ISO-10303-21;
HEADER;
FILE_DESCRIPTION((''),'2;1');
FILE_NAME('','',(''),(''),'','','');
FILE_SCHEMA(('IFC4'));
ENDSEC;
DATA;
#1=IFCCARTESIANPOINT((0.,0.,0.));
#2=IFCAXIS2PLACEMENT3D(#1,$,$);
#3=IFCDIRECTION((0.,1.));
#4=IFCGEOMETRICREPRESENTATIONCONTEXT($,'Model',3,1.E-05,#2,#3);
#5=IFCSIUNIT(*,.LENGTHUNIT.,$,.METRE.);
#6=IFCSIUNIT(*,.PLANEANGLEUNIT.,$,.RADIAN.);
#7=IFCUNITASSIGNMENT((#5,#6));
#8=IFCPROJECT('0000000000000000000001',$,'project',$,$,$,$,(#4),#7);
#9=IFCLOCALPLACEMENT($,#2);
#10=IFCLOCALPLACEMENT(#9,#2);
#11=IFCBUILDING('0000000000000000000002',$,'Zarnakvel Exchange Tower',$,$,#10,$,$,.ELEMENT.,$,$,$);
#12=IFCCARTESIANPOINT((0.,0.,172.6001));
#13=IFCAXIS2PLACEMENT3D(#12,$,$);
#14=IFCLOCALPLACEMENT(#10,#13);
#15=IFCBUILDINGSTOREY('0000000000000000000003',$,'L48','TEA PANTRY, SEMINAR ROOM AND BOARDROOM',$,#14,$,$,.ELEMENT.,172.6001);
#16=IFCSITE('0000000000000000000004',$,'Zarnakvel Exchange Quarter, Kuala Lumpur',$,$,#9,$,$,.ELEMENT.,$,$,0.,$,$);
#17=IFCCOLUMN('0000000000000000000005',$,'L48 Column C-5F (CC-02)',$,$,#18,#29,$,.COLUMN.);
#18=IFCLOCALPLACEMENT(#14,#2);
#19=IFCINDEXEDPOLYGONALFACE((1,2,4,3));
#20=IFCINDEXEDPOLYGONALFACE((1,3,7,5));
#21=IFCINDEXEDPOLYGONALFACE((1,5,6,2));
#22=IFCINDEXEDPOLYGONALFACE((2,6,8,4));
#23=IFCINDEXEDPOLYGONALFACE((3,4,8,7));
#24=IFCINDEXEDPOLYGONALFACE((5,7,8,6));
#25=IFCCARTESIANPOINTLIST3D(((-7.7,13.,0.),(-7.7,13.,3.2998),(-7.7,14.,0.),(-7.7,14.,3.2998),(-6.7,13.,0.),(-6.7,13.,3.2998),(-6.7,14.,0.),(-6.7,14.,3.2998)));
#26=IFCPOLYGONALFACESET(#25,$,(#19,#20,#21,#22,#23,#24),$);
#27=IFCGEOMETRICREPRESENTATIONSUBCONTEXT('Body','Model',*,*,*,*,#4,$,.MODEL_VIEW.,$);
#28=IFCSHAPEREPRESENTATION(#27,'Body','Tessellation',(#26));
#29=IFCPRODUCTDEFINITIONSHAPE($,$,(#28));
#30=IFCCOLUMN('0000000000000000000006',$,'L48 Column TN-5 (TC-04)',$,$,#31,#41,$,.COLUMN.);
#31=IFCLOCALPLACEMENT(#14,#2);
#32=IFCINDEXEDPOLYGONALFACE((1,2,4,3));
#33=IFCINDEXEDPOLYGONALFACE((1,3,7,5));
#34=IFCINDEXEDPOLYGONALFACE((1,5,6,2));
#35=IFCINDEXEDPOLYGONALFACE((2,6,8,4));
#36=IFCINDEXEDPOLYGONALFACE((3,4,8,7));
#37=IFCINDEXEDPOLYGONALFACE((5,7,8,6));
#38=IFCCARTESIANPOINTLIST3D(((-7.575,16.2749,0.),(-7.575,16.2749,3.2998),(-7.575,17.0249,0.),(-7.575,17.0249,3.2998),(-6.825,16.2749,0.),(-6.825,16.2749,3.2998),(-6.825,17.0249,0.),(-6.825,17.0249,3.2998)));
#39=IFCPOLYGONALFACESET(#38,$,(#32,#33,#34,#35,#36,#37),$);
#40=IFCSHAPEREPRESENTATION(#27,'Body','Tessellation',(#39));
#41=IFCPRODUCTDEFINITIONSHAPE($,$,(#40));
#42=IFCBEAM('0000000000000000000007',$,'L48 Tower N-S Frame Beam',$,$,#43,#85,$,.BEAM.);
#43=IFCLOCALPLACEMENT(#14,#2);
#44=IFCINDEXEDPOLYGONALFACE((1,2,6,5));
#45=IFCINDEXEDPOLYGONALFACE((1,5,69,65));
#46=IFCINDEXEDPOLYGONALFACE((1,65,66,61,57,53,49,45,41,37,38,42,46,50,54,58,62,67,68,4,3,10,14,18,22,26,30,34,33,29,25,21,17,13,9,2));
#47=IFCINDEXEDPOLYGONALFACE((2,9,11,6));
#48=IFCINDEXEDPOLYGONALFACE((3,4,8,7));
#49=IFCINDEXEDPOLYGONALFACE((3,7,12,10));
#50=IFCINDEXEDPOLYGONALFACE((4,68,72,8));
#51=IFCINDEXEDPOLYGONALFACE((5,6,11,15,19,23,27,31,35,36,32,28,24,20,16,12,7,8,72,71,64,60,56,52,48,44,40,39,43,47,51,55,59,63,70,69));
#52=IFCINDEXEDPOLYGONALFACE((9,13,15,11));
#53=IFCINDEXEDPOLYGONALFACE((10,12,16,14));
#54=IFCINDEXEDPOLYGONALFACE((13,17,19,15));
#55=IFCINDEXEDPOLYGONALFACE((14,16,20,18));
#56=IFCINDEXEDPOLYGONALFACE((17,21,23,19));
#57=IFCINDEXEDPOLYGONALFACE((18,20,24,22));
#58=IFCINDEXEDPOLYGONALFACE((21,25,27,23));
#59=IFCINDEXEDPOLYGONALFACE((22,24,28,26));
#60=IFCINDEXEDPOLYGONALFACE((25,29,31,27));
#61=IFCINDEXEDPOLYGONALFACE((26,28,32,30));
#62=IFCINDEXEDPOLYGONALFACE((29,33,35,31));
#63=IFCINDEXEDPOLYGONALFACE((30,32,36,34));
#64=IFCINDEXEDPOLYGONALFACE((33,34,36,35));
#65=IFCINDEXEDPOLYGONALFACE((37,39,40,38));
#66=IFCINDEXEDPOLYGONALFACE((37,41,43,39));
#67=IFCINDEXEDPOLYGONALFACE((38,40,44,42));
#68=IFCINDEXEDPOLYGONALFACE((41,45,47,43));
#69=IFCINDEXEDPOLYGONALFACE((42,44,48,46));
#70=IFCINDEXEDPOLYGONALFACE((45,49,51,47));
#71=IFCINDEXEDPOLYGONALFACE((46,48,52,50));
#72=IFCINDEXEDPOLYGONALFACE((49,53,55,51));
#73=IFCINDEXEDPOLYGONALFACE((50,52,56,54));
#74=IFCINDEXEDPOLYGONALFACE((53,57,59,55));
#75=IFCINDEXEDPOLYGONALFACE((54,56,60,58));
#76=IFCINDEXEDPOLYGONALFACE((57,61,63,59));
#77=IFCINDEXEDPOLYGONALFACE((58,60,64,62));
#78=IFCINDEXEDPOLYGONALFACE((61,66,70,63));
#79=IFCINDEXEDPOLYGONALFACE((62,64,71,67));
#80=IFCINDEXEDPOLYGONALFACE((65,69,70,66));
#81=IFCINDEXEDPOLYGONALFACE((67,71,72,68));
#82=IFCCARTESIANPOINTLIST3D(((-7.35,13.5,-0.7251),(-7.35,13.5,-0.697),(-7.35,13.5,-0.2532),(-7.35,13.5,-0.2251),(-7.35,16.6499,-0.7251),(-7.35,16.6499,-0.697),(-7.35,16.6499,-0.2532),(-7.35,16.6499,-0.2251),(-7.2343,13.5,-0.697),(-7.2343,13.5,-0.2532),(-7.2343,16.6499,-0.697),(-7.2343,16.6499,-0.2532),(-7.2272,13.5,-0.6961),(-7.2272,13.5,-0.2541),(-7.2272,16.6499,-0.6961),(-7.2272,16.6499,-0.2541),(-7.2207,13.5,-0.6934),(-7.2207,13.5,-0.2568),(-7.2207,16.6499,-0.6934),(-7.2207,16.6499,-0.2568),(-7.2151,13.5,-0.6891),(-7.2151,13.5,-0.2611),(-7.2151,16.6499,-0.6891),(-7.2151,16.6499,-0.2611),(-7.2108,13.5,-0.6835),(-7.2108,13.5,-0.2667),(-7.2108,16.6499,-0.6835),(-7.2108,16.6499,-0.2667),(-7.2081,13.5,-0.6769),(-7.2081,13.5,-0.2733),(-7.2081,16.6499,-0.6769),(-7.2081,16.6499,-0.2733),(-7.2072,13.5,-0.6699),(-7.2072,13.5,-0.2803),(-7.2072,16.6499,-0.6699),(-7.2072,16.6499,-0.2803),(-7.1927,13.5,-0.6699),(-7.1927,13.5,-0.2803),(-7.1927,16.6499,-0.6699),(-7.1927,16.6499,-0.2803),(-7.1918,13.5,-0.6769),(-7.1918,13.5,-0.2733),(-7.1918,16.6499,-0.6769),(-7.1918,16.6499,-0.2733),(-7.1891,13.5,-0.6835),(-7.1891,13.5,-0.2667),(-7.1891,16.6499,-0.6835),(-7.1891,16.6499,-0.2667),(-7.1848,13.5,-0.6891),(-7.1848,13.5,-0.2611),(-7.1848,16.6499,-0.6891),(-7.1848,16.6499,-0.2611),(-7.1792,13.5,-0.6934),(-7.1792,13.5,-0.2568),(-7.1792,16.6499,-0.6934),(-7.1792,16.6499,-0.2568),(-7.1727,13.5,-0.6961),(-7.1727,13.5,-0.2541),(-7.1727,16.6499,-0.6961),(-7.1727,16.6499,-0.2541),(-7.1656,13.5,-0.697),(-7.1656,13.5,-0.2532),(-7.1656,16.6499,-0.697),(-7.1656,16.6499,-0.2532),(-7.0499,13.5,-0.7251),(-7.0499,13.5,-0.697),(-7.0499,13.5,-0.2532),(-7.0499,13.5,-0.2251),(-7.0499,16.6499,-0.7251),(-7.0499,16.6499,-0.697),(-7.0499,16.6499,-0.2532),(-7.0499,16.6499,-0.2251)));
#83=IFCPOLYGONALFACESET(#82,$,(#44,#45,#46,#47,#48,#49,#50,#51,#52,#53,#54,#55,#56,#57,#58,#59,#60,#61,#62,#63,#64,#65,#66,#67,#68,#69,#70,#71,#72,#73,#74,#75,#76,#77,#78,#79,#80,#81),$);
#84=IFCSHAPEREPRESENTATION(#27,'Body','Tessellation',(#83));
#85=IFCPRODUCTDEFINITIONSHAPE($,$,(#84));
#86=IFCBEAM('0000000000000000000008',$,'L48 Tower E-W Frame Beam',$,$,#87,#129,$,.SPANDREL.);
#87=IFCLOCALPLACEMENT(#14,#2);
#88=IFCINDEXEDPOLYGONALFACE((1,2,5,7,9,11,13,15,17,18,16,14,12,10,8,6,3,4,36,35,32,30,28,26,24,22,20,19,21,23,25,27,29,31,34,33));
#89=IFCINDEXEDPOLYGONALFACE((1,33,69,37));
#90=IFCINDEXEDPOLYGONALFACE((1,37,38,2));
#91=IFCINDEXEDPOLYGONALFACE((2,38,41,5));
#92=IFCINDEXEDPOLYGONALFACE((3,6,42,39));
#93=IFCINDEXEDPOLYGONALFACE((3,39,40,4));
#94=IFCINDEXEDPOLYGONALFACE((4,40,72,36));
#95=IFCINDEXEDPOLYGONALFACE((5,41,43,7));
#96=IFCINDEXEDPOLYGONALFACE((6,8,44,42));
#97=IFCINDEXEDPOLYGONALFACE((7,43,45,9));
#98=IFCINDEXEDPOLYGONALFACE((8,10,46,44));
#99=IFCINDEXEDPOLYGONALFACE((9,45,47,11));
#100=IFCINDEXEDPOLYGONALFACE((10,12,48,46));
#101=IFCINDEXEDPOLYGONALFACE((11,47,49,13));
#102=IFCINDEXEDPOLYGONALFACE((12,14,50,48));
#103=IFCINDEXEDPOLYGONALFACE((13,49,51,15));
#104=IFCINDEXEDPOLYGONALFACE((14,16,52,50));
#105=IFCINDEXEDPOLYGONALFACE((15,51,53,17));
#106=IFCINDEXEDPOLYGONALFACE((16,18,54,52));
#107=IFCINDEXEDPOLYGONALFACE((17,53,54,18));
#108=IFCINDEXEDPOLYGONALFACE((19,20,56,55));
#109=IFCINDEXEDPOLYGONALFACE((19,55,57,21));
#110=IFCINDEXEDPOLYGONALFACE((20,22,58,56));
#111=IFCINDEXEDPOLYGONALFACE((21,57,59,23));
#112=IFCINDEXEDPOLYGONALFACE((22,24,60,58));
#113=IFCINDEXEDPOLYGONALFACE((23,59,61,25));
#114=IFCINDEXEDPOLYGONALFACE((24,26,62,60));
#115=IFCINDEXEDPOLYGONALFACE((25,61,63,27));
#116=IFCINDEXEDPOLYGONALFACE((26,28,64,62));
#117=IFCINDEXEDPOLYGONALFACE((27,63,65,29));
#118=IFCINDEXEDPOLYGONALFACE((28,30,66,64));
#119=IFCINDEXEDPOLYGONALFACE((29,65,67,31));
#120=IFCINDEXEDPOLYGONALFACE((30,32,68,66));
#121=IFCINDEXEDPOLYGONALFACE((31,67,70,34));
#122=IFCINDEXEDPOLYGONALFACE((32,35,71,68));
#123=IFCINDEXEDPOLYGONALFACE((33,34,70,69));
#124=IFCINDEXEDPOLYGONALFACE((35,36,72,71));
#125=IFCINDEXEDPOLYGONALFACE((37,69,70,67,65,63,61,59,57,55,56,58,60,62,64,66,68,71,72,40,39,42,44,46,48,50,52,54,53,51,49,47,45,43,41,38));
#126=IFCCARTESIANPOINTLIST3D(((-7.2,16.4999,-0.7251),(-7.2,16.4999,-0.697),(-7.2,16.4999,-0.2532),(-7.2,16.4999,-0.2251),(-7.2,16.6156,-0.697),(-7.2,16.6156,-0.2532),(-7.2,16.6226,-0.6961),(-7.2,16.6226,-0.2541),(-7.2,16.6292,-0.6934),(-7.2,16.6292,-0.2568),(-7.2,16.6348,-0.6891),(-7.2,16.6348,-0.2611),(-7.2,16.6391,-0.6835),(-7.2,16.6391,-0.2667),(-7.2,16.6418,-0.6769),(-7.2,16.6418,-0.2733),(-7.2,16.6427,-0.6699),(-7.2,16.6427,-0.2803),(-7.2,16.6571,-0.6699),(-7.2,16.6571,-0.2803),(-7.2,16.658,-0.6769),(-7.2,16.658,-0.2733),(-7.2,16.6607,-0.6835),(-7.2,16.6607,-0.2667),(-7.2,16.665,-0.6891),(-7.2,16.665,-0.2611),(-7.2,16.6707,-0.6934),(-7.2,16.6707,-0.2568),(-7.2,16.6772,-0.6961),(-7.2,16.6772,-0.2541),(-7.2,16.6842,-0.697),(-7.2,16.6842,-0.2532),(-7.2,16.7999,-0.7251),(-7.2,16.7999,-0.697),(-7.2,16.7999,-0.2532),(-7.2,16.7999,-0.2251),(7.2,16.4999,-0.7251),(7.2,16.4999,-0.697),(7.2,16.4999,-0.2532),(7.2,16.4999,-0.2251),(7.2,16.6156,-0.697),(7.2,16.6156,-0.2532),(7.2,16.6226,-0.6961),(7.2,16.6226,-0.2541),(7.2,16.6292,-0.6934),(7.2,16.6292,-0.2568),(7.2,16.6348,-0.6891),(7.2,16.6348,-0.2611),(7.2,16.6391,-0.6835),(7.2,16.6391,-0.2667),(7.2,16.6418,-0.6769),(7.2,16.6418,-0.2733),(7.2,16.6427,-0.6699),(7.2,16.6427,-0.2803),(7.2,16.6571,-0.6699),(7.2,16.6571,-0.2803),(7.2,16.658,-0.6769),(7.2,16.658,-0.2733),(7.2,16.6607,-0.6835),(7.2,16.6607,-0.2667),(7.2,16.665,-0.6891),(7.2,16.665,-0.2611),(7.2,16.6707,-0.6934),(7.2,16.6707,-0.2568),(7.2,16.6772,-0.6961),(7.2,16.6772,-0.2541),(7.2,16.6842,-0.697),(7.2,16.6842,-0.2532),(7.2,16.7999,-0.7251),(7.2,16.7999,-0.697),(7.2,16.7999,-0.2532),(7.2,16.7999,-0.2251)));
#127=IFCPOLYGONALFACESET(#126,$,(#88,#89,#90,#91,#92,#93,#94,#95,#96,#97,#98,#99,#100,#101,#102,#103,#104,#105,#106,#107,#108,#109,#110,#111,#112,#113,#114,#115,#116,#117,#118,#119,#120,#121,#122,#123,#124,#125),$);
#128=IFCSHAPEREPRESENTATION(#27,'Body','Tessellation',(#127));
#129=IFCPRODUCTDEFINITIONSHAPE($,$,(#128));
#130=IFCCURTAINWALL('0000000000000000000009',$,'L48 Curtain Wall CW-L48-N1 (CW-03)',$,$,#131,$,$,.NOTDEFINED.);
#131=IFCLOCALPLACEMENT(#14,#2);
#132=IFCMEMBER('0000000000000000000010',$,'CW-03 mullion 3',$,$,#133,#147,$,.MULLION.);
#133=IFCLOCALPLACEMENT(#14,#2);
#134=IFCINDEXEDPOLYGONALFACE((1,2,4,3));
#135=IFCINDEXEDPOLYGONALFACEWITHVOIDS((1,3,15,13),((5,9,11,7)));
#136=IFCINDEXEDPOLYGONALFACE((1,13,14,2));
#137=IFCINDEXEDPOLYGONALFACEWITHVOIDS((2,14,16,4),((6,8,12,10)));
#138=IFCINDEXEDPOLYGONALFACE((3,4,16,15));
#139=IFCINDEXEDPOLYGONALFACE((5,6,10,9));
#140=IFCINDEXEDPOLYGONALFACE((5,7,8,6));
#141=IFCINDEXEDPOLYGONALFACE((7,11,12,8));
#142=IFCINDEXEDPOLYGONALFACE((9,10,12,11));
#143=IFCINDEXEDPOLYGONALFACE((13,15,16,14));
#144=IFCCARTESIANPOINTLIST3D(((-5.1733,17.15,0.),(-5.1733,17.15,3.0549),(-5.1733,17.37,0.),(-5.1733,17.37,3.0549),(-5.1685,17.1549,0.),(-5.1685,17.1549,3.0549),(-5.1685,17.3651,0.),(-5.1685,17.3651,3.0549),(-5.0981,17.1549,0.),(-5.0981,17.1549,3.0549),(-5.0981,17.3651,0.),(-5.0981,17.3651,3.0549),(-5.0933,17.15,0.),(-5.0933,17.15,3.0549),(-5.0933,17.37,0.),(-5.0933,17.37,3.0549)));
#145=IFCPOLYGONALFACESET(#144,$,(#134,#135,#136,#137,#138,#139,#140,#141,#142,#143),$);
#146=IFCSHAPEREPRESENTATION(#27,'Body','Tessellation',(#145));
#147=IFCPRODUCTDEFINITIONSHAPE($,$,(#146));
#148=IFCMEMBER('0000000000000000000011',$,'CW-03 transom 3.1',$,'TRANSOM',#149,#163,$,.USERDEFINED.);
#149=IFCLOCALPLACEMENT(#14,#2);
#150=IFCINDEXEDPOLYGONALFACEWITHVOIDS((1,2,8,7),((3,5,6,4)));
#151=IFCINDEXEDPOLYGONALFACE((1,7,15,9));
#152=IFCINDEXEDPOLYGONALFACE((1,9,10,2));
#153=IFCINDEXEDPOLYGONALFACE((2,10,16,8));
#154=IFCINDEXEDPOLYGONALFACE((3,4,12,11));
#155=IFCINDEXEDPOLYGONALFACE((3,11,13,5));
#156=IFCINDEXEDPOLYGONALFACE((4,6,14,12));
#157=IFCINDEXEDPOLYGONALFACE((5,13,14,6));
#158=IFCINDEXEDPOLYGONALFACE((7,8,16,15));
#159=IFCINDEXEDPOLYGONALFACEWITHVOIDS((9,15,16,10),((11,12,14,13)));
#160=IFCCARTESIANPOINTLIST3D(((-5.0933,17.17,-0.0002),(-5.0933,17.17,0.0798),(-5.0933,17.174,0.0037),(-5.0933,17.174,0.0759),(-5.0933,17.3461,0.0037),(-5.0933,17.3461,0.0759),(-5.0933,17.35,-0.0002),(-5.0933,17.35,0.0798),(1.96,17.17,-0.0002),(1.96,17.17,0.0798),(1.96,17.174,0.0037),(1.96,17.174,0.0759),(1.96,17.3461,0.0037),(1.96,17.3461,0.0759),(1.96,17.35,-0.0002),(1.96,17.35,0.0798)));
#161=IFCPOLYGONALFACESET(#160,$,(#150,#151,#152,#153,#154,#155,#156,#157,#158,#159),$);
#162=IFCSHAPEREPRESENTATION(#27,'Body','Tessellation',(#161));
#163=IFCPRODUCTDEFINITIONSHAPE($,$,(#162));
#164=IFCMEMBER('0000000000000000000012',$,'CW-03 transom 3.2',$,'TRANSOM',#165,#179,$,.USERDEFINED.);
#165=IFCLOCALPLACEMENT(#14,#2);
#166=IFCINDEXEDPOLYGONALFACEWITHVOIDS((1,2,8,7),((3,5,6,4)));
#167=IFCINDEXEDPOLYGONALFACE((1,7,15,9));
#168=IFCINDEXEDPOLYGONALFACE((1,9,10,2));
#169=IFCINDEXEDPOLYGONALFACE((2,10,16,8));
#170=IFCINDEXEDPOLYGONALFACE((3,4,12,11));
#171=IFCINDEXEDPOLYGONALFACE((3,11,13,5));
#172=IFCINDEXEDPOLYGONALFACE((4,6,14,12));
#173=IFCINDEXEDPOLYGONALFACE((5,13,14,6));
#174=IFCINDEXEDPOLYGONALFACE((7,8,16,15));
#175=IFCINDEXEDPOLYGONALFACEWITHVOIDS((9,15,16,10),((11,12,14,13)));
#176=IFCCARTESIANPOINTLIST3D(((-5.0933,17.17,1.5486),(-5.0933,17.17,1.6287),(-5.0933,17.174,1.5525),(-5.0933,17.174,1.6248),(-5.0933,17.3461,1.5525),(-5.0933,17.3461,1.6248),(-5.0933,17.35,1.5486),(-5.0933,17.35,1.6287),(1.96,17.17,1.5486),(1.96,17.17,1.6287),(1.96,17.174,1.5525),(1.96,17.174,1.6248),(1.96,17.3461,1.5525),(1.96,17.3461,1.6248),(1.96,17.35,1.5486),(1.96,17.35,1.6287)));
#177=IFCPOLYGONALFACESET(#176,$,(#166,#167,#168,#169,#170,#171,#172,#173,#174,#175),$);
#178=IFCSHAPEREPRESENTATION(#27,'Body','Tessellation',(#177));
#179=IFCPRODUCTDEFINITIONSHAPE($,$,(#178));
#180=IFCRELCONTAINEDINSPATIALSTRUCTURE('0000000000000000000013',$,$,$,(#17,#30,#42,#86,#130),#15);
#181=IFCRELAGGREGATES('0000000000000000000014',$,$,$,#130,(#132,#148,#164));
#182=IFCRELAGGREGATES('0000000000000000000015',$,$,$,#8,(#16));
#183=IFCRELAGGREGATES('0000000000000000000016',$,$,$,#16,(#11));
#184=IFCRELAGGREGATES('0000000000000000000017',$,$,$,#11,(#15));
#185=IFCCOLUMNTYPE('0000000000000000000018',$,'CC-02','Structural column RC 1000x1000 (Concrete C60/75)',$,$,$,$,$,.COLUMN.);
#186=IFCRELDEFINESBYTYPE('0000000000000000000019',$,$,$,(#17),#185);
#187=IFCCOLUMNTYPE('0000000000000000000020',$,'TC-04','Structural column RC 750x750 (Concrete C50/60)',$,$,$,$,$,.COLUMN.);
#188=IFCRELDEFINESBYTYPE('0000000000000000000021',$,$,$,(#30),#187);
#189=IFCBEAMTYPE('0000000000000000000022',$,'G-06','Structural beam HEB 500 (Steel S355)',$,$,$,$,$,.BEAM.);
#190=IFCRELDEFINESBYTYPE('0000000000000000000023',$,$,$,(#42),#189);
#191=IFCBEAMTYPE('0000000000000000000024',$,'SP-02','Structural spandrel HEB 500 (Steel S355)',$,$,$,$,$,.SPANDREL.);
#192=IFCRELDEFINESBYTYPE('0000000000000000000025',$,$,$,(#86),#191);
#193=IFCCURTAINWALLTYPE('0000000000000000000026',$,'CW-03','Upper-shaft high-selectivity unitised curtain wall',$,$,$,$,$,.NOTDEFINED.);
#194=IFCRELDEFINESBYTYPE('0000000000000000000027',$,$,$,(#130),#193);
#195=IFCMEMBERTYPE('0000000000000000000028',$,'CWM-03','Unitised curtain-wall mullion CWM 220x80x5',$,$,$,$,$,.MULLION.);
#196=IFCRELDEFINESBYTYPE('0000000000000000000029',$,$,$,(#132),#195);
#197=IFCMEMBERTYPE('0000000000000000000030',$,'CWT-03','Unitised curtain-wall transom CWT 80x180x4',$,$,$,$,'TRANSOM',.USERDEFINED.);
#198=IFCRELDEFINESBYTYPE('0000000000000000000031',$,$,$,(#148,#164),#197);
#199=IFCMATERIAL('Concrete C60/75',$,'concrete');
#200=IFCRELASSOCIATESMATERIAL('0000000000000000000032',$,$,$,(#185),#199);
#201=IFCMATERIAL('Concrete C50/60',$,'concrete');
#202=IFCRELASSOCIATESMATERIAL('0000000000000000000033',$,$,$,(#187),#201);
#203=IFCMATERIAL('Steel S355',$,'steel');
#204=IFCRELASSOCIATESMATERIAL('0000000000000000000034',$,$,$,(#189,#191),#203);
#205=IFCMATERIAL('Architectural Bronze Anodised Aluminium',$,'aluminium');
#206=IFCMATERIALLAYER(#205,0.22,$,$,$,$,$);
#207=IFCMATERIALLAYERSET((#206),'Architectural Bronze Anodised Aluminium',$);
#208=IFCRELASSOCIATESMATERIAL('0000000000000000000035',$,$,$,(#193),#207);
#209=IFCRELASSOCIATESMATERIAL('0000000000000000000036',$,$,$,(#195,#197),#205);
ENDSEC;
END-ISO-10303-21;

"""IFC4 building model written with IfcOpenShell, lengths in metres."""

from ifc_helpers import new_model, si_unit, direction, frame, origin, origin_2d, place, context, subcontext, project, spatial, rectangle, hollow_rectangle, i_section, extrude, source, transform, mapped, material, layer, layer_set, material_profile, profile_set, type_object, element, aggregate, save


model = new_model("IFC4")

# Units and contexts
model_context = context("Model", 3, precision=1e-05, world=origin(), true_north=direction((0.0, 1.0)))
body_context = subcontext(model_context, "Body", "Model", "MODEL_VIEW")
ifc_project = project(units=[si_unit("LENGTHUNIT", "METRE"), si_unit("PLANEANGLEUNIT", "RADIAN")], contexts=[model_context])

# Site, building, storey
site_placement = place(None, origin())
site = spatial("IfcSite", under=ifc_project, at=site_placement, Name="Zarnakvel Exchange Quarter, Kuala Lumpur", CompositionType="ELEMENT", RefElevation=0.0)
building_placement = place(site_placement, origin())
building = spatial("IfcBuilding", under=site, at=building_placement, Name="Zarnakvel Exchange Tower", CompositionType="ELEMENT")
storey_placement = place(building_placement, frame((0.0, 0.0, 172.6001)))
storey = spatial("IfcBuildingStorey", under=building, at=storey_placement, Name="L48", Description="TEA PANTRY, SEMINAR ROOM AND BOARDROOM", CompositionType="ELEMENT", Elevation=172.6001)

# Columns
ifc_material_1 = material(Name="Concrete C60/75", Category="concrete")
ifc_material_profile_1 = material_profile(ifc_material_1, rectangle(XDim=1.0, YDim=1.0, at=origin_2d()))
ifc_profile_set_1 = profile_set([ifc_material_profile_1], Name="Concrete C60/75")
column_type_1 = type_object("IfcColumnType", Name="CC-02", Description="Structural column RC 1000x1000 (Concrete C60/75)", PredefinedType="COLUMN", material=ifc_profile_set_1)
column_1_placement = place(storey_placement, frame((-7.2, 13.5, 0.0), z_axis=(0.0, 0.0, 1.0), x_axis=(1.0, 0.0, 0.0)))
element("IfcColumn", 1, at=column_1_placement, inside=storey, type_object=column_type_1, Name="L48 Column C-5F (CC-02)", PredefinedType="COLUMN", context=body_context, shape_type="SweptSolid", body=[
    extrude(rectangle(XDim=1.0, YDim=1.0, at=origin_2d()), origin(), (0.0, 0.0, 1.0), 3.2998),
])
ifc_material_2 = material(Name="Concrete C50/60", Category="concrete")
ifc_material_profile_2 = material_profile(ifc_material_2, rectangle(XDim=0.75, YDim=0.75, at=origin_2d()))
ifc_profile_set_2 = profile_set([ifc_material_profile_2], Name="Concrete C50/60")
column_type_2 = type_object("IfcColumnType", Name="TC-04", Description="Structural column RC 750x750 (Concrete C50/60)", PredefinedType="COLUMN", material=ifc_profile_set_2)
column_2_placement = place(storey_placement, frame((-7.2, 16.6499, 0.0), z_axis=(0.0, 0.0, 1.0), x_axis=(1.0, 0.0, 0.0)))
element("IfcColumn", 2, at=column_2_placement, inside=storey, type_object=column_type_2, Name="L48 Column TN-5 (TC-04)", PredefinedType="COLUMN", context=body_context, shape_type="SweptSolid", body=[
    extrude(rectangle(XDim=0.75, YDim=0.75, at=origin_2d()), origin(), (0.0, 0.0, 1.0), 3.2998),
])

# Beams
ifc_material_3 = material(Name="Steel S355", Category="steel")
ifc_material_profile_3 = material_profile(ifc_material_3, i_section(OverallWidth=0.3, OverallDepth=0.5, WebThickness=0.0144, FlangeThickness=0.0281, FilletRadius=0.0271, at=origin_2d()))
ifc_profile_set_3 = profile_set([ifc_material_profile_3], Name="Steel S355")
beam_type_1 = type_object("IfcBeamType", Name="G-06", Description="Structural beam HEB 500 (Steel S355)", PredefinedType="BEAM", material=ifc_profile_set_3)
beam_1_placement = place(storey_placement, frame((-7.2, 13.5, -0.4751), z_axis=(0.0, 1.0, 0.0), x_axis=(-1.0, 0.0, 0.0)))
element("IfcBeam", 3, at=beam_1_placement, inside=storey, type_object=beam_type_1, Name="L48 Tower N-S Frame Beam", PredefinedType="BEAM", context=body_context, shape_type="SweptSolid", body=[
    extrude(i_section(OverallWidth=0.3, OverallDepth=0.5, WebThickness=0.0144, FlangeThickness=0.0281, FilletRadius=0.0271, at=origin_2d()), origin(), (0.0, 0.0, 1.0), 3.1499),
])
ifc_material_profile_4 = material_profile(ifc_material_3, i_section(OverallWidth=0.3, OverallDepth=0.5, WebThickness=0.0144, FlangeThickness=0.0281, FilletRadius=0.0271, at=origin_2d()))
ifc_profile_set_4 = profile_set([ifc_material_profile_4], Name="Steel S355")
beam_type_2 = type_object("IfcBeamType", Name="SP-02", Description="Structural spandrel HEB 500 (Steel S355)", PredefinedType="SPANDREL", material=ifc_profile_set_4)
beam_2_placement = place(storey_placement, frame((-7.2, 16.6499, -0.4751), z_axis=(1.0, 0.0, 0.0), x_axis=(0.0, 1.0, 0.0)))
element("IfcBeam", 4, at=beam_2_placement, inside=storey, type_object=beam_type_2, Name="L48 Tower E-W Frame Beam", PredefinedType="SPANDREL", context=body_context, shape_type="SweptSolid", body=[
    extrude(i_section(OverallWidth=0.3, OverallDepth=0.5, WebThickness=0.0144, FlangeThickness=0.0281, FilletRadius=0.0271, at=origin_2d()), origin(), (0.0, 0.0, 1.0), 14.3999),
])

# Curtain wall, members
ifc_material_4 = material(Name="Architectural Bronze Anodised Aluminium", Category="aluminium")
ifc_layer_1 = layer(ifc_material_4, 0.22)
ifc_layer_set_1 = layer_set([ifc_layer_1], Name="Architectural Bronze Anodised Aluminium")
curtain_wall_type = type_object("IfcCurtainWallType", Name="CW-03", Description="Upper-shaft high-selectivity unitised curtain wall", PredefinedType="NOTDEFINED", material=ifc_layer_set_1)
curtain_wall_placement = place(storey_placement, origin())
curtain_wall = element("IfcCurtainWall", 5, at=curtain_wall_placement, inside=storey, type_object=curtain_wall_type, Name="L48 Curtain Wall CW-L48-N1 (CW-03)", PredefinedType="NOTDEFINED")
ifc_material_profile_5 = material_profile(ifc_material_4, hollow_rectangle(XDim=0.22, YDim=0.0801, WallThickness=0.0049, at=origin_2d()))
ifc_profile_set_5 = profile_set([ifc_material_profile_5], Name="Architectural Bronze Anodised Aluminium")
member_type_1 = type_object("IfcMemberType", Name="CWM-03", Description="Unitised curtain-wall mullion CWM 220x80x5", PredefinedType="MULLION", material=ifc_profile_set_5)
shared_shape_1 = source(origin(), body_context, "Body", "SweptSolid", [
    extrude(hollow_rectangle(XDim=0.22, YDim=0.0801, WallThickness=0.0049, at=origin_2d()), origin(), (0.0, 0.0, 1.0), 3.0549),
])
member_1_placement = place(storey_placement, frame((-5.1333, 17.26, 0.0), z_axis=(0.0, 0.0, 1.0), x_axis=(0.0, 1.0, 0.0)))
member_1 = element("IfcMember", 6, at=member_1_placement, type_object=member_type_1, Name="CW-03 mullion 3", PredefinedType="MULLION", context=body_context, shape_type="MappedRepresentation", body=[
    mapped(shared_shape_1, transform((0.0, 0.0, 0.0), x_axis=(1.0, 0.0, 0.0), y_axis=(0.0, 1.0, 0.0), z_axis=(0.0, 0.0, 1.0), scale=1.0)),
])
ifc_material_profile_6 = material_profile(ifc_material_4, hollow_rectangle(XDim=0.1799, YDim=0.0801, WallThickness=0.0039, at=origin_2d()))
ifc_profile_set_6 = profile_set([ifc_material_profile_6], Name="Architectural Bronze Anodised Aluminium")
member_type_2 = type_object("IfcMemberType", Name="CWT-03", Description="Unitised curtain-wall transom CWT 80x180x4", ElementType="TRANSOM", PredefinedType="USERDEFINED", material=ifc_profile_set_6)
shared_shape_2 = source(origin(), body_context, "Body", "SweptSolid", [
    extrude(hollow_rectangle(XDim=0.1799, YDim=0.0801, WallThickness=0.0039, at=origin_2d()), origin(), (0.0, 0.0, 1.0), 7.0532),
])
member_2_placement = place(storey_placement, frame((-5.0933, 17.26, 0.0398), z_axis=(1.0, 0.0, 0.0), x_axis=(0.0, 1.0, 0.0)))
member_2 = element("IfcMember", 7, at=member_2_placement, type_object=member_type_2, Name="CW-03 transom 3.1", ObjectType="TRANSOM", PredefinedType="USERDEFINED", context=body_context, shape_type="MappedRepresentation", body=[
    mapped(shared_shape_2, transform((0.0, 0.0, 0.0), x_axis=(1.0, 0.0, 0.0), y_axis=(0.0, 1.0, 0.0), z_axis=(0.0, 0.0, 1.0), scale=1.0)),
])
member_3_placement = place(storey_placement, frame((-5.0933, 17.26, 1.5886), z_axis=(1.0, 0.0, 0.0), x_axis=(0.0, 1.0, 0.0)))
member_3 = element("IfcMember", 8, at=member_3_placement, type_object=member_type_2, Name="CW-03 transom 3.2", ObjectType="TRANSOM", PredefinedType="USERDEFINED", context=body_context, shape_type="MappedRepresentation", body=[
    mapped(shared_shape_2, transform((0.0, 0.0, 0.0), x_axis=(1.0, 0.0, 0.0), y_axis=(0.0, 1.0, 0.0), z_axis=(0.0, 0.0, 1.0), scale=1.0)),
])
aggregate(curtain_wall, [member_1, member_2, member_3])

save(model, "model.ifc")
